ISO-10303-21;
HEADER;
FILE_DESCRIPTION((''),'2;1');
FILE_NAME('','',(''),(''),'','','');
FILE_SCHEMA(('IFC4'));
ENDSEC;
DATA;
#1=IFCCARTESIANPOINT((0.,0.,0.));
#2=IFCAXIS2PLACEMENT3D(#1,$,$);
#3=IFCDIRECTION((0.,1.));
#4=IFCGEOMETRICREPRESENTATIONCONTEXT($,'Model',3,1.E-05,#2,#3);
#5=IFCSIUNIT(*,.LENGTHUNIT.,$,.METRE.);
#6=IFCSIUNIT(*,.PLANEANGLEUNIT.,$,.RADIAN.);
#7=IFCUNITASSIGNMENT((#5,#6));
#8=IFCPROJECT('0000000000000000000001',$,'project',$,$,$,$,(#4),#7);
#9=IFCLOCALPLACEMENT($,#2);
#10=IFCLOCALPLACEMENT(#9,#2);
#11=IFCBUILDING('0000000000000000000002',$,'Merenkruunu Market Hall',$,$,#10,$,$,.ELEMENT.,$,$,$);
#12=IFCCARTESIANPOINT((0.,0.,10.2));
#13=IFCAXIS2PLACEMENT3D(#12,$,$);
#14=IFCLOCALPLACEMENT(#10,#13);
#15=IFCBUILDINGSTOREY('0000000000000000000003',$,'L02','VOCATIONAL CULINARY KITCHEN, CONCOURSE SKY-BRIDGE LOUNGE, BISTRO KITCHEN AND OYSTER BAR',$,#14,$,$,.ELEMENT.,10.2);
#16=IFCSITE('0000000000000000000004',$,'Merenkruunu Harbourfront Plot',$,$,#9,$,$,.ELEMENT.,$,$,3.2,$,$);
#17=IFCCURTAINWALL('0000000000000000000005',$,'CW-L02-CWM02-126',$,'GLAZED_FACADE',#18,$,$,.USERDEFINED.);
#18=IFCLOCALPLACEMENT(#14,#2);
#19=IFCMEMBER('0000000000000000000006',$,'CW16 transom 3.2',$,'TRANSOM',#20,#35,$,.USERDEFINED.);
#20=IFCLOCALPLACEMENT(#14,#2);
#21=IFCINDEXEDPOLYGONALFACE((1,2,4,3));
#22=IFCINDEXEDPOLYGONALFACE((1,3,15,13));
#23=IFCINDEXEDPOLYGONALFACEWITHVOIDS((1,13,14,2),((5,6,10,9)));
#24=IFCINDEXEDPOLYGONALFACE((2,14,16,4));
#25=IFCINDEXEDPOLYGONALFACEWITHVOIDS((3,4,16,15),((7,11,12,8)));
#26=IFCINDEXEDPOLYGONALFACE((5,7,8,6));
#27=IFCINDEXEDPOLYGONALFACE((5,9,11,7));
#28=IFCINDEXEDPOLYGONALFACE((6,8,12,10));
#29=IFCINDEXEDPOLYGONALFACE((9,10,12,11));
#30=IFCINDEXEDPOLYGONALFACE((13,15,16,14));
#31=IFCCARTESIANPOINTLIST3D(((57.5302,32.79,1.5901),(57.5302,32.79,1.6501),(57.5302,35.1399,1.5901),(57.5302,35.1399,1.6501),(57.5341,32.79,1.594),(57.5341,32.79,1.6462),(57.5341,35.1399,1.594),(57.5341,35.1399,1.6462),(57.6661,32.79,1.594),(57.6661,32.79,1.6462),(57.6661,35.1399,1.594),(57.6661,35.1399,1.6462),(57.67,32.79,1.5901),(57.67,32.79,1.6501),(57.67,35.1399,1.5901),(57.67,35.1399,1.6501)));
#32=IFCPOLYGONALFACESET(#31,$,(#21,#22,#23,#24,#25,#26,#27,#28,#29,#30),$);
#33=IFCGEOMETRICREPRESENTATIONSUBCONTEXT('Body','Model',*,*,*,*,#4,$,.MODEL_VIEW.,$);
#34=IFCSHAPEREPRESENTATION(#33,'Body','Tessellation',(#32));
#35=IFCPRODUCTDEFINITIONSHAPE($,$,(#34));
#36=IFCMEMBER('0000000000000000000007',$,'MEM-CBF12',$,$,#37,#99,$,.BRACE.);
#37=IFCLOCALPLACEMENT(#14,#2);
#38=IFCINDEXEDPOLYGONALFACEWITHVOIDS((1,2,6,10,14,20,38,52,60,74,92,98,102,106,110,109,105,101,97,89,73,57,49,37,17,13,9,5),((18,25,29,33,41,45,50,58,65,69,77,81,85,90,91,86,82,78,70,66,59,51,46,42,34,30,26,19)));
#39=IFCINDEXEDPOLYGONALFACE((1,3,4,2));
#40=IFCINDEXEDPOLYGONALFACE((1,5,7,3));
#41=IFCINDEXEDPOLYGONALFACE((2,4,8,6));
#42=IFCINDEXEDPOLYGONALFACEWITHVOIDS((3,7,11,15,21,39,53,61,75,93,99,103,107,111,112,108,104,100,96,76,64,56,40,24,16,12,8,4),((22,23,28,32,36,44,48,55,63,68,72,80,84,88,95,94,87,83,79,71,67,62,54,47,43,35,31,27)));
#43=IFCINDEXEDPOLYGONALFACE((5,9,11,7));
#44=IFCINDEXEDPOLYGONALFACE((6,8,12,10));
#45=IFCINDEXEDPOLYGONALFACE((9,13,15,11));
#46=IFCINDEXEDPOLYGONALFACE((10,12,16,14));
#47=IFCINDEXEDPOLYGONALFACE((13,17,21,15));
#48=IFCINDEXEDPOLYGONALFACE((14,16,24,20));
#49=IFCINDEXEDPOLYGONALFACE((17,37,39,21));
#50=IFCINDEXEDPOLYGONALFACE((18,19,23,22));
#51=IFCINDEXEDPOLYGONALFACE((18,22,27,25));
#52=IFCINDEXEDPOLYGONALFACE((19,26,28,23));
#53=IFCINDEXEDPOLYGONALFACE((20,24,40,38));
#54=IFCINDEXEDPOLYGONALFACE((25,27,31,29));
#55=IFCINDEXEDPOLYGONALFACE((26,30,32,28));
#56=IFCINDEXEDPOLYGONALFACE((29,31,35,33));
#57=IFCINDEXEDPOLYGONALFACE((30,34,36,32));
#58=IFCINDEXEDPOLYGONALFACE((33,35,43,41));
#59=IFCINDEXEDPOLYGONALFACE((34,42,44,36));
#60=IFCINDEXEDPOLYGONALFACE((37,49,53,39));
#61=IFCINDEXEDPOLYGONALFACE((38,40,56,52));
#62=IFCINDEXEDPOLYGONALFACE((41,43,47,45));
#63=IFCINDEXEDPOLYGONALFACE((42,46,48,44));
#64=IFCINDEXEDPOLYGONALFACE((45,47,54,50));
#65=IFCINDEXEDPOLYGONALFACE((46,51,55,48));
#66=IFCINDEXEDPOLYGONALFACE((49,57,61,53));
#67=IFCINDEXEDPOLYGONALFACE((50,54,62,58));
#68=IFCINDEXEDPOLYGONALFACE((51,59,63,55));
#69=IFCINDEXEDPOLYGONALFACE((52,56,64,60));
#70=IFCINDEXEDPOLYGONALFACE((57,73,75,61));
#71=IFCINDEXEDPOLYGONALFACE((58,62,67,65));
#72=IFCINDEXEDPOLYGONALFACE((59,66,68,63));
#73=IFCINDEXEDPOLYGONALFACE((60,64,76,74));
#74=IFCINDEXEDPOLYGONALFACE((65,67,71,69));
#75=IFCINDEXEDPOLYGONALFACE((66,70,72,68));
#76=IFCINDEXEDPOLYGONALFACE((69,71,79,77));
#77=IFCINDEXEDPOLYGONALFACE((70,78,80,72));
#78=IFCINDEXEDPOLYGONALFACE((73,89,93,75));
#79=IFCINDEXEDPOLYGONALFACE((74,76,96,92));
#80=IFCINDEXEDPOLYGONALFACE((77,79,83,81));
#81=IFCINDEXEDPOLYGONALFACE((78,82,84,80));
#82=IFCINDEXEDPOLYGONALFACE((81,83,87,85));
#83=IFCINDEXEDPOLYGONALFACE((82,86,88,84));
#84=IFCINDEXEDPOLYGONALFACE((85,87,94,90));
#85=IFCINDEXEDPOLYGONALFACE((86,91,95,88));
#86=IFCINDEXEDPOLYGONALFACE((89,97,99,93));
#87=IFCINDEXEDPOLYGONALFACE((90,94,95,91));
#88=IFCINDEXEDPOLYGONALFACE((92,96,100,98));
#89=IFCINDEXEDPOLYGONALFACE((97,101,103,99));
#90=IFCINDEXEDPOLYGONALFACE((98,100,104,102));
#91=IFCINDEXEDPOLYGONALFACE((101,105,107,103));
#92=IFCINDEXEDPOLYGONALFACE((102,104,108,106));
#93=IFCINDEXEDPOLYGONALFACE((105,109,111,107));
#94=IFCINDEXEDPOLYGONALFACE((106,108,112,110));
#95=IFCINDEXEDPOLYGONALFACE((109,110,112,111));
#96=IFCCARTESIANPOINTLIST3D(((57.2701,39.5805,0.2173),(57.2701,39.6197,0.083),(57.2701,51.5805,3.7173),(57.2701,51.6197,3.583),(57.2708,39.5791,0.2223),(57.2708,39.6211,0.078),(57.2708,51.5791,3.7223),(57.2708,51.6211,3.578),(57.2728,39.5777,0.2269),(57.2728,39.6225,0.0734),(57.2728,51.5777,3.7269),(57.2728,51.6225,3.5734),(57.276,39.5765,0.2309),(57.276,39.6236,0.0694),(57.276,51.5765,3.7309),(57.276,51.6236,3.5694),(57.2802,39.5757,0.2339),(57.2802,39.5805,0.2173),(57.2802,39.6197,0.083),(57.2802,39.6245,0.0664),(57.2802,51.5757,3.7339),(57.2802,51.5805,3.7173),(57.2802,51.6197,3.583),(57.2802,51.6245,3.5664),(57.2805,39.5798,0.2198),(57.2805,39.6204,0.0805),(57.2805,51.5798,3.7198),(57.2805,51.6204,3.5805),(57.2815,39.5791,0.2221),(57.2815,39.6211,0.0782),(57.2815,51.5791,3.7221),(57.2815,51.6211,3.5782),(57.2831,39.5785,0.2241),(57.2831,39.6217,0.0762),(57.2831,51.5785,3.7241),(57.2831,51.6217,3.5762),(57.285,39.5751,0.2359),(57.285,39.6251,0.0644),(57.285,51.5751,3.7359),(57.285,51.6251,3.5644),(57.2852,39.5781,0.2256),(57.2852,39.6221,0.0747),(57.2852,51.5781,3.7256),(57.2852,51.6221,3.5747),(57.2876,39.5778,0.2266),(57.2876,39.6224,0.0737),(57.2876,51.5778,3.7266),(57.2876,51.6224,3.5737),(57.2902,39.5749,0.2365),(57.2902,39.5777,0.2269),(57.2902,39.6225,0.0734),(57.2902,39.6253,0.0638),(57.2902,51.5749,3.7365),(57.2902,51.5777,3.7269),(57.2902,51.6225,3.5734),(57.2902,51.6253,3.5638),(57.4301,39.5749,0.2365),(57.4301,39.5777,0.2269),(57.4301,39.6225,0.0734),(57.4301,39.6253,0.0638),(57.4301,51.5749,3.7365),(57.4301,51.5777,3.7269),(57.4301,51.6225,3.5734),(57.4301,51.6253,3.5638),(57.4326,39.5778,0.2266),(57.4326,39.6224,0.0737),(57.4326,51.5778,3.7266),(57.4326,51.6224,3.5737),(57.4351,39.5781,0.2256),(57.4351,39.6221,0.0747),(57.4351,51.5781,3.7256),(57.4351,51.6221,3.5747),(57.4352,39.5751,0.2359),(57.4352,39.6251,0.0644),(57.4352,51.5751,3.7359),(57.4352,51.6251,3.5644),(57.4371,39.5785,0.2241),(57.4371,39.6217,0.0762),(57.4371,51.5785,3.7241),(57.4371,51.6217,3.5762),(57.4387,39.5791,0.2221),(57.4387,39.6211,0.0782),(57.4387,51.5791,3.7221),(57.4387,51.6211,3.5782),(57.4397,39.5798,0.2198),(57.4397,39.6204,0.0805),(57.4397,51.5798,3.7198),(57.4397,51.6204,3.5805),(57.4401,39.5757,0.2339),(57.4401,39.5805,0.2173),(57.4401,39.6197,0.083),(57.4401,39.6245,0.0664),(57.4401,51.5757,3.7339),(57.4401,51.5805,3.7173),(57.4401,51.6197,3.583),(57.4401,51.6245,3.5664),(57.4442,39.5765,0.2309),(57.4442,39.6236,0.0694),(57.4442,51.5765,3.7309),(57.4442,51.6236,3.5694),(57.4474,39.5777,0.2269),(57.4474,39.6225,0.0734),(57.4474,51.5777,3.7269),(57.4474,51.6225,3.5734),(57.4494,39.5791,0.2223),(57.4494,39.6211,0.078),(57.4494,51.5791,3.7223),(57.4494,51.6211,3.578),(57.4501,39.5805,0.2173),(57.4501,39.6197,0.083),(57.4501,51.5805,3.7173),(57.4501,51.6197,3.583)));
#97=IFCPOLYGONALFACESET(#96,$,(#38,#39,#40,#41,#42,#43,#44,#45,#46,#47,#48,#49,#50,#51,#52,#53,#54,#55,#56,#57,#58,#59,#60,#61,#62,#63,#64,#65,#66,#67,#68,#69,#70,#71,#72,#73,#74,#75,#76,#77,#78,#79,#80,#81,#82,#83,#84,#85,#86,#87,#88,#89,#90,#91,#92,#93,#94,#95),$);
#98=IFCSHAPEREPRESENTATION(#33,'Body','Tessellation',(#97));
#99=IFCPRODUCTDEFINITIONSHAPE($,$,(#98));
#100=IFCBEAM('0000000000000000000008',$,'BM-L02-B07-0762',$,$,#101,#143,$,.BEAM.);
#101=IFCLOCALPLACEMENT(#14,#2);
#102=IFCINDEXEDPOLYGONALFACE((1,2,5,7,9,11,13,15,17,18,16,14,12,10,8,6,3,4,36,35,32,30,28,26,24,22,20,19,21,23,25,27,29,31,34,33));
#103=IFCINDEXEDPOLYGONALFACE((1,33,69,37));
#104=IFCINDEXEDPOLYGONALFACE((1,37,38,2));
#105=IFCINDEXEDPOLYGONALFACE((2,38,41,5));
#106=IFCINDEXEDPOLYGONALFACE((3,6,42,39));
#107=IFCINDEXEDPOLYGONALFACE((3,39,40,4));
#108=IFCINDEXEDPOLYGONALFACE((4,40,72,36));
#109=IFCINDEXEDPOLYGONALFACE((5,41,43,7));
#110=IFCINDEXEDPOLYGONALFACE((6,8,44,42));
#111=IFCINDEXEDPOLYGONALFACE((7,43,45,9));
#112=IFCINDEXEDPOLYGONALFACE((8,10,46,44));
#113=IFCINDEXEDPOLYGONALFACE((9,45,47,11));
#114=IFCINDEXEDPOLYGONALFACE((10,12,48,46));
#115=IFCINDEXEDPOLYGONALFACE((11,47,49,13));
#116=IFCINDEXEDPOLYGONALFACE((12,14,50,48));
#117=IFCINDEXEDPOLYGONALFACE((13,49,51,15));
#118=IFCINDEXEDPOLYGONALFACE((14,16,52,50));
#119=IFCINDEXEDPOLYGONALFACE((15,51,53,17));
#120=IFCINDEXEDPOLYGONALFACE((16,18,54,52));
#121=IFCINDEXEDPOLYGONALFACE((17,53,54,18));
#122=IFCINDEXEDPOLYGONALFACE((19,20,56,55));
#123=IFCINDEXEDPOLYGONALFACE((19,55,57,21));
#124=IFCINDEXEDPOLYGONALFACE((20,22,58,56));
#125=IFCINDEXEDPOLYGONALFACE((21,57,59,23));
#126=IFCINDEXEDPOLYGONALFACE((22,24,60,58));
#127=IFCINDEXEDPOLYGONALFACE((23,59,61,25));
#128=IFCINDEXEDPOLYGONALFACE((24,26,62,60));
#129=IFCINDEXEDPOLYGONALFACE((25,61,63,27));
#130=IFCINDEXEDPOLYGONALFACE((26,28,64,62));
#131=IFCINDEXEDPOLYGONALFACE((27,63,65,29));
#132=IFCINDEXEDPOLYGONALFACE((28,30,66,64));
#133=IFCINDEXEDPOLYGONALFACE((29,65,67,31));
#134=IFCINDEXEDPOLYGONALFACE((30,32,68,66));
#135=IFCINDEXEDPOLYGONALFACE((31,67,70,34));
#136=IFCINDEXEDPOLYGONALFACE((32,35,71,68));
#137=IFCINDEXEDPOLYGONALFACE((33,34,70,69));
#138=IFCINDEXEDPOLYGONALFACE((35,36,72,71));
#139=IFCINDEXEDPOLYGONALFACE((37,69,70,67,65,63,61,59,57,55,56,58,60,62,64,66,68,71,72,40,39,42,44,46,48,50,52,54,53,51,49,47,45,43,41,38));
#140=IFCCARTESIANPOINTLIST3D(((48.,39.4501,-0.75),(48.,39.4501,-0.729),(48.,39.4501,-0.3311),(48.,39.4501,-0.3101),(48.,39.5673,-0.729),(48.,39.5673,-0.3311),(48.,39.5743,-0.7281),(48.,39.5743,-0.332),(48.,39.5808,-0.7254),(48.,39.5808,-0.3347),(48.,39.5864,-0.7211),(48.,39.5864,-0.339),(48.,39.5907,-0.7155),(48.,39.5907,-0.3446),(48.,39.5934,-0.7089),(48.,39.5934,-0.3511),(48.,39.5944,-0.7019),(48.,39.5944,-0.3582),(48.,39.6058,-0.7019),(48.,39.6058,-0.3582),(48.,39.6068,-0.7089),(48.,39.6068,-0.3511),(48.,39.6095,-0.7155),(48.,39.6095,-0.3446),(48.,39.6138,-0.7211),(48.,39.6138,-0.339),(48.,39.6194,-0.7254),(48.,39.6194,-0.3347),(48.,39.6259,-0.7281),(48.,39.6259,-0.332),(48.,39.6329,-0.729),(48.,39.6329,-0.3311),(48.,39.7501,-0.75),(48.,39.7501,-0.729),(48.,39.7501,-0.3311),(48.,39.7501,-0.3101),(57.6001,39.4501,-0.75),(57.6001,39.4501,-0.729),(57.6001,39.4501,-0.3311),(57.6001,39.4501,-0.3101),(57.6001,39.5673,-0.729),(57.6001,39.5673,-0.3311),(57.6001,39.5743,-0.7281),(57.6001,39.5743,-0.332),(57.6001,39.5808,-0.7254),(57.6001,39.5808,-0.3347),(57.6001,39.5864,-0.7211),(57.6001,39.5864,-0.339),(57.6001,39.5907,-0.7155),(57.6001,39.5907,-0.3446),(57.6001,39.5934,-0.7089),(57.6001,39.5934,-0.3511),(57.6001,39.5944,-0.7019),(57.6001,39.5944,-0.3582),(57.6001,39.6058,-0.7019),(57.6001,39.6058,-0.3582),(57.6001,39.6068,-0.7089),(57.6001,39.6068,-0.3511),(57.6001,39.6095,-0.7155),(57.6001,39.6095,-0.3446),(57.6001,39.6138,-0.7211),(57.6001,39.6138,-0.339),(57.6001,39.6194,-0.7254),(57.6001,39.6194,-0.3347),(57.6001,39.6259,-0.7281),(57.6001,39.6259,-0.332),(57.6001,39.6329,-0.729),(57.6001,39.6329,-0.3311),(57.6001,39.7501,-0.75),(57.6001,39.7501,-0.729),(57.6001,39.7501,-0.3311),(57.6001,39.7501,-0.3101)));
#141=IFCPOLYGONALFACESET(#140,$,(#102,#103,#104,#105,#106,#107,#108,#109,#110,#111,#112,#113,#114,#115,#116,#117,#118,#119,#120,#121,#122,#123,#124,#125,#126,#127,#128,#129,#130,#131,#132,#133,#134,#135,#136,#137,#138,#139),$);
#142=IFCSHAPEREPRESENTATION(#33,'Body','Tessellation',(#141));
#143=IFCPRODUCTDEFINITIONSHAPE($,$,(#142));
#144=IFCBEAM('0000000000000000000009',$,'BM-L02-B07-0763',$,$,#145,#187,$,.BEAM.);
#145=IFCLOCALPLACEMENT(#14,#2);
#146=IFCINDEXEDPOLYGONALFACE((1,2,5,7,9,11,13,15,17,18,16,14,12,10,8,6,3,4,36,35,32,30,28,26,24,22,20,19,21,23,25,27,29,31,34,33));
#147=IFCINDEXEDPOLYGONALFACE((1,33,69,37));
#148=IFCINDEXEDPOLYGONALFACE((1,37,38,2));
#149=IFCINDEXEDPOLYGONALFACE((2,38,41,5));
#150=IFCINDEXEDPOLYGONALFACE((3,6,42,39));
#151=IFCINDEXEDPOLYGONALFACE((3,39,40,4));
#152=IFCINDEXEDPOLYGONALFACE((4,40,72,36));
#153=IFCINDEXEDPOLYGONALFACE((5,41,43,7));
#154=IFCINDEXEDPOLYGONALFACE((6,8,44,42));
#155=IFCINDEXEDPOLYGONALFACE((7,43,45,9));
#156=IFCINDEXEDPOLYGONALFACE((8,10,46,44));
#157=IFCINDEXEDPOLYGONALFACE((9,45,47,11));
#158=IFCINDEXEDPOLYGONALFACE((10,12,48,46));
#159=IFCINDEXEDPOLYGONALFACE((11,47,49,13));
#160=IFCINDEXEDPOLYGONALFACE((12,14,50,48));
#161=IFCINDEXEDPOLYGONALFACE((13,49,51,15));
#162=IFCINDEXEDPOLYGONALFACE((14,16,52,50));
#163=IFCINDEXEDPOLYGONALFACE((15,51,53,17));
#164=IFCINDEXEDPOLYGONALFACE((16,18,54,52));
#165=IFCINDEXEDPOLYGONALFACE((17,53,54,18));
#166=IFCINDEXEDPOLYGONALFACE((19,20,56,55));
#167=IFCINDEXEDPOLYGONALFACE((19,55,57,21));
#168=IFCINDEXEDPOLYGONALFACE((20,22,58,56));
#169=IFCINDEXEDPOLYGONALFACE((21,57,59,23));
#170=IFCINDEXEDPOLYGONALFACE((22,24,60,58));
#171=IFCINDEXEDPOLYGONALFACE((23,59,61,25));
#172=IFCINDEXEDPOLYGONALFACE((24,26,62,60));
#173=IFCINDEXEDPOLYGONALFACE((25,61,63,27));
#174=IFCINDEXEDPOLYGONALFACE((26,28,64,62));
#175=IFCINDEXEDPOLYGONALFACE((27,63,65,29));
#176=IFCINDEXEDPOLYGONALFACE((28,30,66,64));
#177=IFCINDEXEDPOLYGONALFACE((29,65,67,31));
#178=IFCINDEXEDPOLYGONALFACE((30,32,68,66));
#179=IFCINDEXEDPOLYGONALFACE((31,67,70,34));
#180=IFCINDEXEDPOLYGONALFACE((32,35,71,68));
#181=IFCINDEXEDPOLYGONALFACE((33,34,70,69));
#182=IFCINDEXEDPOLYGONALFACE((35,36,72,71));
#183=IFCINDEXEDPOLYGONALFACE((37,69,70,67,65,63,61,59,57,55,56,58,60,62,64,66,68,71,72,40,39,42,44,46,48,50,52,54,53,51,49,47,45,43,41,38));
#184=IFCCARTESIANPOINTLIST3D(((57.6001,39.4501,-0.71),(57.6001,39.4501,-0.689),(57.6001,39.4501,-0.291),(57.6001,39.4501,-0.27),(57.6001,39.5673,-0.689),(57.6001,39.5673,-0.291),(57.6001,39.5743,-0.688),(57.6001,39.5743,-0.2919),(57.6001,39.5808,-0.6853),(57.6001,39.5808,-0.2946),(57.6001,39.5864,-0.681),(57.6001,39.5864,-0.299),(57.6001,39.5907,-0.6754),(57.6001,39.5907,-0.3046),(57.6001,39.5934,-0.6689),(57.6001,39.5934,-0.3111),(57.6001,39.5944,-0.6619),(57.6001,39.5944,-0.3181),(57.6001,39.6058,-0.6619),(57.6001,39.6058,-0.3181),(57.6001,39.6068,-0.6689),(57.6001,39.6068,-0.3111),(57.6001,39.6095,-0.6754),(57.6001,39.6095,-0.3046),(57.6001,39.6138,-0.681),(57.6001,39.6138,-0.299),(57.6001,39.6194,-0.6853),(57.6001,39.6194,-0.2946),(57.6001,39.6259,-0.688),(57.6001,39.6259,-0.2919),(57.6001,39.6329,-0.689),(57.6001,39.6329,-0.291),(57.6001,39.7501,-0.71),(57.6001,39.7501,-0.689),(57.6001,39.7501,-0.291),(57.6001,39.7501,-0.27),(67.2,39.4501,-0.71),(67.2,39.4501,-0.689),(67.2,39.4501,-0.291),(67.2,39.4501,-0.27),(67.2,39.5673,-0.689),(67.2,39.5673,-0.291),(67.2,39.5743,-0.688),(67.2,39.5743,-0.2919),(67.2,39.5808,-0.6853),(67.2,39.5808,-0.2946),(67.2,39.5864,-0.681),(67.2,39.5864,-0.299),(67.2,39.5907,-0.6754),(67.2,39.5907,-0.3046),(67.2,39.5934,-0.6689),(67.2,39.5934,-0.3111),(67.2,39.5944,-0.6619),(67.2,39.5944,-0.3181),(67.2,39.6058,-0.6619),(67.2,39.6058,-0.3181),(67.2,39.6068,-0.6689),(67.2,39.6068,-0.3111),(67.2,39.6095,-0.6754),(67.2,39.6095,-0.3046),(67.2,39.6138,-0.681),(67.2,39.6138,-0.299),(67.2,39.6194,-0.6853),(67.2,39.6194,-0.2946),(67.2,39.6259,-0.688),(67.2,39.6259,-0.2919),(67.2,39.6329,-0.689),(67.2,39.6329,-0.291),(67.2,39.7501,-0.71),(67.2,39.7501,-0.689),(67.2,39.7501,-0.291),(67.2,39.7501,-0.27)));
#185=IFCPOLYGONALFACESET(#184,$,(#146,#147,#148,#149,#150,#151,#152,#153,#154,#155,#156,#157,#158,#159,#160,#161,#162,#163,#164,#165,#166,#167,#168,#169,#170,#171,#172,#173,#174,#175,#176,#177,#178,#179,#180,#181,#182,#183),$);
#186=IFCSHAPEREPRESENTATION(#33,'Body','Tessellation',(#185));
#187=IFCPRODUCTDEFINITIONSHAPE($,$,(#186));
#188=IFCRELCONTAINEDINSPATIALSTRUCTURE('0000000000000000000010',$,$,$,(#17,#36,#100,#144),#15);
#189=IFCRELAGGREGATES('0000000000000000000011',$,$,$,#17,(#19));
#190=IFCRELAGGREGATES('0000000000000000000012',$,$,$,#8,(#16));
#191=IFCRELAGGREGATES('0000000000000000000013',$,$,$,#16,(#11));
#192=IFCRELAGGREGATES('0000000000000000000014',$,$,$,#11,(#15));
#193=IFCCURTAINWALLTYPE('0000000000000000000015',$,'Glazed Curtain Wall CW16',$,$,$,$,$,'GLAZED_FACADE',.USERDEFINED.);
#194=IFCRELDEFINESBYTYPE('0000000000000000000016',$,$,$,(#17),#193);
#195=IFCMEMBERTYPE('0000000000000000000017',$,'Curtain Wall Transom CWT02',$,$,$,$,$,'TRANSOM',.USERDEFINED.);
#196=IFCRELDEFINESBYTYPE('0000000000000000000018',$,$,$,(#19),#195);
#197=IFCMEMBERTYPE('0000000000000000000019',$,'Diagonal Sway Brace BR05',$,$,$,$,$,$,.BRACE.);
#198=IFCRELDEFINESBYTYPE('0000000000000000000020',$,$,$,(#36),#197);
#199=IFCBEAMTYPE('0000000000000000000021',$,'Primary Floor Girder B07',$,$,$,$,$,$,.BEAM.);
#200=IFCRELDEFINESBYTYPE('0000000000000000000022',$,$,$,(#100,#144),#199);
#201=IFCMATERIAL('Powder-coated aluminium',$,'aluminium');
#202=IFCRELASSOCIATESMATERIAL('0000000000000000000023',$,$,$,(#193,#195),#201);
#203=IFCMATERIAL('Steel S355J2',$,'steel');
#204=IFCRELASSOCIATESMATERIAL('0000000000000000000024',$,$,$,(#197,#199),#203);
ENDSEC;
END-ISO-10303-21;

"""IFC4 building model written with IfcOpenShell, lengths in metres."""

from ifc_helpers import new_model, si_unit, direction, frame, origin, origin_2d, place, context, subcontext, project, spatial, hollow_rectangle, i_section, extrude, material, material_profile, profile_set, type_object, element, aggregate, save


model = new_model("IFC4")

# Units and contexts
model_context = context("Model", 3, precision=1e-05, world=origin(), true_north=direction((0.0, 1.0)))
body_context = subcontext(model_context, "Body", "Model", "MODEL_VIEW")
ifc_project = project(units=[si_unit("LENGTHUNIT", "METRE"), si_unit("PLANEANGLEUNIT", "RADIAN")], contexts=[model_context])

# Site, building, storey
site_placement = place(None, origin())
site = spatial("IfcSite", under=ifc_project, at=site_placement, Name="Merenkruunu Harbourfront Plot", CompositionType="ELEMENT", RefElevation=3.2)
building_placement = place(site_placement, origin())
building = spatial("IfcBuilding", under=site, at=building_placement, Name="Merenkruunu Market Hall", CompositionType="ELEMENT")
storey_placement = place(building_placement, frame((0.0, 0.0, 10.2)))
storey = spatial("IfcBuildingStorey", under=building, at=storey_placement, Name="L02", Description="VOCATIONAL CULINARY KITCHEN, CONCOURSE SKY-BRIDGE LOUNGE, BISTRO KITCHEN AND OYSTER BAR", CompositionType="ELEMENT", Elevation=10.2)

# Shared definitions
ifc_material_1 = material(Name="Steel S355J2", Category="steel")

# Curtain wall, member
ifc_material_2 = material(Name="Powder-coated aluminium", Category="aluminium")
curtain_wall_type = type_object("IfcCurtainWallType", Name="Glazed Curtain Wall CW16", ElementType="GLAZED_FACADE", PredefinedType="USERDEFINED", material=ifc_material_2)
curtain_wall_placement = place(storey_placement, origin())
curtain_wall = element("IfcCurtainWall", 1, at=curtain_wall_placement, inside=storey, type_object=curtain_wall_type, Name="CW-L02-CWM02-126", ObjectType="GLAZED_FACADE", PredefinedType="USERDEFINED")
ifc_material_profile_1 = material_profile(ifc_material_2, hollow_rectangle(XDim=0.0601, YDim=0.1399, WallThickness=0.0039, at=origin_2d()), Name="ALU 60x140x4")
ifc_profile_set_1 = profile_set([ifc_material_profile_1], Name="Powder-coated aluminium")
member_type_1 = type_object("IfcMemberType", Name="Curtain Wall Transom CWT02", ElementType="TRANSOM", PredefinedType="USERDEFINED", material=ifc_profile_set_1)
member_1_placement = place(storey_placement, frame((57.6001, 32.79, 1.6201), z_axis=(0.0, 1.0, 0.0), x_axis=(0.0, 0.0, 1.0)))
member_1 = element("IfcMember", 2, at=member_1_placement, type_object=member_type_1, Name="CW16 transom 3.2", ObjectType="TRANSOM", PredefinedType="USERDEFINED", context=body_context, shape_type="SweptSolid", body=[
    extrude(hollow_rectangle(XDim=0.0601, YDim=0.1399, WallThickness=0.0039, at=origin_2d()), origin(), (0.0, 0.0, 1.0), 2.3499),
])

# Member
ifc_material_profile_2 = material_profile(ifc_material_1, hollow_rectangle(XDim=0.1799, YDim=0.1799, WallThickness=0.01, InnerFilletRadius=0.01, OuterFilletRadius=0.02, at=origin_2d()), Name="SHS 180x180x10")
ifc_profile_set_2 = profile_set([ifc_material_profile_2], Name="Steel S355J2")
member_type_2 = type_object("IfcMemberType", Name="Diagonal Sway Brace BR05", PredefinedType="BRACE", material=ifc_profile_set_2)
member_2_placement = place(storey_placement, frame((57.3601, 39.6001, 0.1501), z_axis=(0.0, 0.96, 0.28), x_axis=(-1.0, 0.0, 0.0)))
element("IfcMember", 3, at=member_2_placement, inside=storey, type_object=member_type_2, Name="MEM-CBF12", PredefinedType="BRACE", context=body_context, shape_type="SweptSolid", body=[
    extrude(hollow_rectangle(XDim=0.1799, YDim=0.1799, WallThickness=0.01, InnerFilletRadius=0.01, OuterFilletRadius=0.02, at=origin_2d()), origin(), (0.0, 0.0, 1.0), 12.5),
])

# Beams
ifc_material_profile_3 = material_profile(ifc_material_1, i_section(OverallWidth=0.3, OverallDepth=0.4399, WebThickness=0.0115, FlangeThickness=0.021, FilletRadius=0.0271, at=origin_2d()), Name="HEA 450")
ifc_profile_set_3 = profile_set([ifc_material_profile_3], Name="Steel S355J2")
beam_type_1 = type_object("IfcBeamType", Name="Primary Floor Girder B07", PredefinedType="BEAM", material=ifc_profile_set_3)
beam_1_placement = place(storey_placement, frame((48.0, 39.6001, -0.53), z_axis=(1.0, 0.0, 0.0), x_axis=(0.0, 1.0, 0.0)))
element("IfcBeam", 4, at=beam_1_placement, inside=storey, type_object=beam_type_1, Name="BM-L02-B07-0762", PredefinedType="BEAM", context=body_context, shape_type="SweptSolid", body=[
    extrude(i_section(OverallWidth=0.3, OverallDepth=0.4399, WebThickness=0.0115, FlangeThickness=0.021, FilletRadius=0.0271, at=origin_2d()), origin(), (0.0, 0.0, 1.0), 9.6001),
])
beam_2_placement = place(storey_placement, frame((57.6001, 39.6001, -0.49), z_axis=(1.0, 0.0, 0.0), x_axis=(0.0, 1.0, 0.0)))
element("IfcBeam", 5, at=beam_2_placement, inside=storey, type_object=beam_type_1, Name="BM-L02-B07-0763", PredefinedType="BEAM", context=body_context, shape_type="SweptSolid", body=[
    extrude(i_section(OverallWidth=0.3, OverallDepth=0.4399, WebThickness=0.0115, FlangeThickness=0.021, FilletRadius=0.0271, at=origin_2d()), origin(), (0.0, 0.0, 1.0), 9.5999),
])

aggregate(curtain_wall, [member_1])

save(model, "model.ifc")
